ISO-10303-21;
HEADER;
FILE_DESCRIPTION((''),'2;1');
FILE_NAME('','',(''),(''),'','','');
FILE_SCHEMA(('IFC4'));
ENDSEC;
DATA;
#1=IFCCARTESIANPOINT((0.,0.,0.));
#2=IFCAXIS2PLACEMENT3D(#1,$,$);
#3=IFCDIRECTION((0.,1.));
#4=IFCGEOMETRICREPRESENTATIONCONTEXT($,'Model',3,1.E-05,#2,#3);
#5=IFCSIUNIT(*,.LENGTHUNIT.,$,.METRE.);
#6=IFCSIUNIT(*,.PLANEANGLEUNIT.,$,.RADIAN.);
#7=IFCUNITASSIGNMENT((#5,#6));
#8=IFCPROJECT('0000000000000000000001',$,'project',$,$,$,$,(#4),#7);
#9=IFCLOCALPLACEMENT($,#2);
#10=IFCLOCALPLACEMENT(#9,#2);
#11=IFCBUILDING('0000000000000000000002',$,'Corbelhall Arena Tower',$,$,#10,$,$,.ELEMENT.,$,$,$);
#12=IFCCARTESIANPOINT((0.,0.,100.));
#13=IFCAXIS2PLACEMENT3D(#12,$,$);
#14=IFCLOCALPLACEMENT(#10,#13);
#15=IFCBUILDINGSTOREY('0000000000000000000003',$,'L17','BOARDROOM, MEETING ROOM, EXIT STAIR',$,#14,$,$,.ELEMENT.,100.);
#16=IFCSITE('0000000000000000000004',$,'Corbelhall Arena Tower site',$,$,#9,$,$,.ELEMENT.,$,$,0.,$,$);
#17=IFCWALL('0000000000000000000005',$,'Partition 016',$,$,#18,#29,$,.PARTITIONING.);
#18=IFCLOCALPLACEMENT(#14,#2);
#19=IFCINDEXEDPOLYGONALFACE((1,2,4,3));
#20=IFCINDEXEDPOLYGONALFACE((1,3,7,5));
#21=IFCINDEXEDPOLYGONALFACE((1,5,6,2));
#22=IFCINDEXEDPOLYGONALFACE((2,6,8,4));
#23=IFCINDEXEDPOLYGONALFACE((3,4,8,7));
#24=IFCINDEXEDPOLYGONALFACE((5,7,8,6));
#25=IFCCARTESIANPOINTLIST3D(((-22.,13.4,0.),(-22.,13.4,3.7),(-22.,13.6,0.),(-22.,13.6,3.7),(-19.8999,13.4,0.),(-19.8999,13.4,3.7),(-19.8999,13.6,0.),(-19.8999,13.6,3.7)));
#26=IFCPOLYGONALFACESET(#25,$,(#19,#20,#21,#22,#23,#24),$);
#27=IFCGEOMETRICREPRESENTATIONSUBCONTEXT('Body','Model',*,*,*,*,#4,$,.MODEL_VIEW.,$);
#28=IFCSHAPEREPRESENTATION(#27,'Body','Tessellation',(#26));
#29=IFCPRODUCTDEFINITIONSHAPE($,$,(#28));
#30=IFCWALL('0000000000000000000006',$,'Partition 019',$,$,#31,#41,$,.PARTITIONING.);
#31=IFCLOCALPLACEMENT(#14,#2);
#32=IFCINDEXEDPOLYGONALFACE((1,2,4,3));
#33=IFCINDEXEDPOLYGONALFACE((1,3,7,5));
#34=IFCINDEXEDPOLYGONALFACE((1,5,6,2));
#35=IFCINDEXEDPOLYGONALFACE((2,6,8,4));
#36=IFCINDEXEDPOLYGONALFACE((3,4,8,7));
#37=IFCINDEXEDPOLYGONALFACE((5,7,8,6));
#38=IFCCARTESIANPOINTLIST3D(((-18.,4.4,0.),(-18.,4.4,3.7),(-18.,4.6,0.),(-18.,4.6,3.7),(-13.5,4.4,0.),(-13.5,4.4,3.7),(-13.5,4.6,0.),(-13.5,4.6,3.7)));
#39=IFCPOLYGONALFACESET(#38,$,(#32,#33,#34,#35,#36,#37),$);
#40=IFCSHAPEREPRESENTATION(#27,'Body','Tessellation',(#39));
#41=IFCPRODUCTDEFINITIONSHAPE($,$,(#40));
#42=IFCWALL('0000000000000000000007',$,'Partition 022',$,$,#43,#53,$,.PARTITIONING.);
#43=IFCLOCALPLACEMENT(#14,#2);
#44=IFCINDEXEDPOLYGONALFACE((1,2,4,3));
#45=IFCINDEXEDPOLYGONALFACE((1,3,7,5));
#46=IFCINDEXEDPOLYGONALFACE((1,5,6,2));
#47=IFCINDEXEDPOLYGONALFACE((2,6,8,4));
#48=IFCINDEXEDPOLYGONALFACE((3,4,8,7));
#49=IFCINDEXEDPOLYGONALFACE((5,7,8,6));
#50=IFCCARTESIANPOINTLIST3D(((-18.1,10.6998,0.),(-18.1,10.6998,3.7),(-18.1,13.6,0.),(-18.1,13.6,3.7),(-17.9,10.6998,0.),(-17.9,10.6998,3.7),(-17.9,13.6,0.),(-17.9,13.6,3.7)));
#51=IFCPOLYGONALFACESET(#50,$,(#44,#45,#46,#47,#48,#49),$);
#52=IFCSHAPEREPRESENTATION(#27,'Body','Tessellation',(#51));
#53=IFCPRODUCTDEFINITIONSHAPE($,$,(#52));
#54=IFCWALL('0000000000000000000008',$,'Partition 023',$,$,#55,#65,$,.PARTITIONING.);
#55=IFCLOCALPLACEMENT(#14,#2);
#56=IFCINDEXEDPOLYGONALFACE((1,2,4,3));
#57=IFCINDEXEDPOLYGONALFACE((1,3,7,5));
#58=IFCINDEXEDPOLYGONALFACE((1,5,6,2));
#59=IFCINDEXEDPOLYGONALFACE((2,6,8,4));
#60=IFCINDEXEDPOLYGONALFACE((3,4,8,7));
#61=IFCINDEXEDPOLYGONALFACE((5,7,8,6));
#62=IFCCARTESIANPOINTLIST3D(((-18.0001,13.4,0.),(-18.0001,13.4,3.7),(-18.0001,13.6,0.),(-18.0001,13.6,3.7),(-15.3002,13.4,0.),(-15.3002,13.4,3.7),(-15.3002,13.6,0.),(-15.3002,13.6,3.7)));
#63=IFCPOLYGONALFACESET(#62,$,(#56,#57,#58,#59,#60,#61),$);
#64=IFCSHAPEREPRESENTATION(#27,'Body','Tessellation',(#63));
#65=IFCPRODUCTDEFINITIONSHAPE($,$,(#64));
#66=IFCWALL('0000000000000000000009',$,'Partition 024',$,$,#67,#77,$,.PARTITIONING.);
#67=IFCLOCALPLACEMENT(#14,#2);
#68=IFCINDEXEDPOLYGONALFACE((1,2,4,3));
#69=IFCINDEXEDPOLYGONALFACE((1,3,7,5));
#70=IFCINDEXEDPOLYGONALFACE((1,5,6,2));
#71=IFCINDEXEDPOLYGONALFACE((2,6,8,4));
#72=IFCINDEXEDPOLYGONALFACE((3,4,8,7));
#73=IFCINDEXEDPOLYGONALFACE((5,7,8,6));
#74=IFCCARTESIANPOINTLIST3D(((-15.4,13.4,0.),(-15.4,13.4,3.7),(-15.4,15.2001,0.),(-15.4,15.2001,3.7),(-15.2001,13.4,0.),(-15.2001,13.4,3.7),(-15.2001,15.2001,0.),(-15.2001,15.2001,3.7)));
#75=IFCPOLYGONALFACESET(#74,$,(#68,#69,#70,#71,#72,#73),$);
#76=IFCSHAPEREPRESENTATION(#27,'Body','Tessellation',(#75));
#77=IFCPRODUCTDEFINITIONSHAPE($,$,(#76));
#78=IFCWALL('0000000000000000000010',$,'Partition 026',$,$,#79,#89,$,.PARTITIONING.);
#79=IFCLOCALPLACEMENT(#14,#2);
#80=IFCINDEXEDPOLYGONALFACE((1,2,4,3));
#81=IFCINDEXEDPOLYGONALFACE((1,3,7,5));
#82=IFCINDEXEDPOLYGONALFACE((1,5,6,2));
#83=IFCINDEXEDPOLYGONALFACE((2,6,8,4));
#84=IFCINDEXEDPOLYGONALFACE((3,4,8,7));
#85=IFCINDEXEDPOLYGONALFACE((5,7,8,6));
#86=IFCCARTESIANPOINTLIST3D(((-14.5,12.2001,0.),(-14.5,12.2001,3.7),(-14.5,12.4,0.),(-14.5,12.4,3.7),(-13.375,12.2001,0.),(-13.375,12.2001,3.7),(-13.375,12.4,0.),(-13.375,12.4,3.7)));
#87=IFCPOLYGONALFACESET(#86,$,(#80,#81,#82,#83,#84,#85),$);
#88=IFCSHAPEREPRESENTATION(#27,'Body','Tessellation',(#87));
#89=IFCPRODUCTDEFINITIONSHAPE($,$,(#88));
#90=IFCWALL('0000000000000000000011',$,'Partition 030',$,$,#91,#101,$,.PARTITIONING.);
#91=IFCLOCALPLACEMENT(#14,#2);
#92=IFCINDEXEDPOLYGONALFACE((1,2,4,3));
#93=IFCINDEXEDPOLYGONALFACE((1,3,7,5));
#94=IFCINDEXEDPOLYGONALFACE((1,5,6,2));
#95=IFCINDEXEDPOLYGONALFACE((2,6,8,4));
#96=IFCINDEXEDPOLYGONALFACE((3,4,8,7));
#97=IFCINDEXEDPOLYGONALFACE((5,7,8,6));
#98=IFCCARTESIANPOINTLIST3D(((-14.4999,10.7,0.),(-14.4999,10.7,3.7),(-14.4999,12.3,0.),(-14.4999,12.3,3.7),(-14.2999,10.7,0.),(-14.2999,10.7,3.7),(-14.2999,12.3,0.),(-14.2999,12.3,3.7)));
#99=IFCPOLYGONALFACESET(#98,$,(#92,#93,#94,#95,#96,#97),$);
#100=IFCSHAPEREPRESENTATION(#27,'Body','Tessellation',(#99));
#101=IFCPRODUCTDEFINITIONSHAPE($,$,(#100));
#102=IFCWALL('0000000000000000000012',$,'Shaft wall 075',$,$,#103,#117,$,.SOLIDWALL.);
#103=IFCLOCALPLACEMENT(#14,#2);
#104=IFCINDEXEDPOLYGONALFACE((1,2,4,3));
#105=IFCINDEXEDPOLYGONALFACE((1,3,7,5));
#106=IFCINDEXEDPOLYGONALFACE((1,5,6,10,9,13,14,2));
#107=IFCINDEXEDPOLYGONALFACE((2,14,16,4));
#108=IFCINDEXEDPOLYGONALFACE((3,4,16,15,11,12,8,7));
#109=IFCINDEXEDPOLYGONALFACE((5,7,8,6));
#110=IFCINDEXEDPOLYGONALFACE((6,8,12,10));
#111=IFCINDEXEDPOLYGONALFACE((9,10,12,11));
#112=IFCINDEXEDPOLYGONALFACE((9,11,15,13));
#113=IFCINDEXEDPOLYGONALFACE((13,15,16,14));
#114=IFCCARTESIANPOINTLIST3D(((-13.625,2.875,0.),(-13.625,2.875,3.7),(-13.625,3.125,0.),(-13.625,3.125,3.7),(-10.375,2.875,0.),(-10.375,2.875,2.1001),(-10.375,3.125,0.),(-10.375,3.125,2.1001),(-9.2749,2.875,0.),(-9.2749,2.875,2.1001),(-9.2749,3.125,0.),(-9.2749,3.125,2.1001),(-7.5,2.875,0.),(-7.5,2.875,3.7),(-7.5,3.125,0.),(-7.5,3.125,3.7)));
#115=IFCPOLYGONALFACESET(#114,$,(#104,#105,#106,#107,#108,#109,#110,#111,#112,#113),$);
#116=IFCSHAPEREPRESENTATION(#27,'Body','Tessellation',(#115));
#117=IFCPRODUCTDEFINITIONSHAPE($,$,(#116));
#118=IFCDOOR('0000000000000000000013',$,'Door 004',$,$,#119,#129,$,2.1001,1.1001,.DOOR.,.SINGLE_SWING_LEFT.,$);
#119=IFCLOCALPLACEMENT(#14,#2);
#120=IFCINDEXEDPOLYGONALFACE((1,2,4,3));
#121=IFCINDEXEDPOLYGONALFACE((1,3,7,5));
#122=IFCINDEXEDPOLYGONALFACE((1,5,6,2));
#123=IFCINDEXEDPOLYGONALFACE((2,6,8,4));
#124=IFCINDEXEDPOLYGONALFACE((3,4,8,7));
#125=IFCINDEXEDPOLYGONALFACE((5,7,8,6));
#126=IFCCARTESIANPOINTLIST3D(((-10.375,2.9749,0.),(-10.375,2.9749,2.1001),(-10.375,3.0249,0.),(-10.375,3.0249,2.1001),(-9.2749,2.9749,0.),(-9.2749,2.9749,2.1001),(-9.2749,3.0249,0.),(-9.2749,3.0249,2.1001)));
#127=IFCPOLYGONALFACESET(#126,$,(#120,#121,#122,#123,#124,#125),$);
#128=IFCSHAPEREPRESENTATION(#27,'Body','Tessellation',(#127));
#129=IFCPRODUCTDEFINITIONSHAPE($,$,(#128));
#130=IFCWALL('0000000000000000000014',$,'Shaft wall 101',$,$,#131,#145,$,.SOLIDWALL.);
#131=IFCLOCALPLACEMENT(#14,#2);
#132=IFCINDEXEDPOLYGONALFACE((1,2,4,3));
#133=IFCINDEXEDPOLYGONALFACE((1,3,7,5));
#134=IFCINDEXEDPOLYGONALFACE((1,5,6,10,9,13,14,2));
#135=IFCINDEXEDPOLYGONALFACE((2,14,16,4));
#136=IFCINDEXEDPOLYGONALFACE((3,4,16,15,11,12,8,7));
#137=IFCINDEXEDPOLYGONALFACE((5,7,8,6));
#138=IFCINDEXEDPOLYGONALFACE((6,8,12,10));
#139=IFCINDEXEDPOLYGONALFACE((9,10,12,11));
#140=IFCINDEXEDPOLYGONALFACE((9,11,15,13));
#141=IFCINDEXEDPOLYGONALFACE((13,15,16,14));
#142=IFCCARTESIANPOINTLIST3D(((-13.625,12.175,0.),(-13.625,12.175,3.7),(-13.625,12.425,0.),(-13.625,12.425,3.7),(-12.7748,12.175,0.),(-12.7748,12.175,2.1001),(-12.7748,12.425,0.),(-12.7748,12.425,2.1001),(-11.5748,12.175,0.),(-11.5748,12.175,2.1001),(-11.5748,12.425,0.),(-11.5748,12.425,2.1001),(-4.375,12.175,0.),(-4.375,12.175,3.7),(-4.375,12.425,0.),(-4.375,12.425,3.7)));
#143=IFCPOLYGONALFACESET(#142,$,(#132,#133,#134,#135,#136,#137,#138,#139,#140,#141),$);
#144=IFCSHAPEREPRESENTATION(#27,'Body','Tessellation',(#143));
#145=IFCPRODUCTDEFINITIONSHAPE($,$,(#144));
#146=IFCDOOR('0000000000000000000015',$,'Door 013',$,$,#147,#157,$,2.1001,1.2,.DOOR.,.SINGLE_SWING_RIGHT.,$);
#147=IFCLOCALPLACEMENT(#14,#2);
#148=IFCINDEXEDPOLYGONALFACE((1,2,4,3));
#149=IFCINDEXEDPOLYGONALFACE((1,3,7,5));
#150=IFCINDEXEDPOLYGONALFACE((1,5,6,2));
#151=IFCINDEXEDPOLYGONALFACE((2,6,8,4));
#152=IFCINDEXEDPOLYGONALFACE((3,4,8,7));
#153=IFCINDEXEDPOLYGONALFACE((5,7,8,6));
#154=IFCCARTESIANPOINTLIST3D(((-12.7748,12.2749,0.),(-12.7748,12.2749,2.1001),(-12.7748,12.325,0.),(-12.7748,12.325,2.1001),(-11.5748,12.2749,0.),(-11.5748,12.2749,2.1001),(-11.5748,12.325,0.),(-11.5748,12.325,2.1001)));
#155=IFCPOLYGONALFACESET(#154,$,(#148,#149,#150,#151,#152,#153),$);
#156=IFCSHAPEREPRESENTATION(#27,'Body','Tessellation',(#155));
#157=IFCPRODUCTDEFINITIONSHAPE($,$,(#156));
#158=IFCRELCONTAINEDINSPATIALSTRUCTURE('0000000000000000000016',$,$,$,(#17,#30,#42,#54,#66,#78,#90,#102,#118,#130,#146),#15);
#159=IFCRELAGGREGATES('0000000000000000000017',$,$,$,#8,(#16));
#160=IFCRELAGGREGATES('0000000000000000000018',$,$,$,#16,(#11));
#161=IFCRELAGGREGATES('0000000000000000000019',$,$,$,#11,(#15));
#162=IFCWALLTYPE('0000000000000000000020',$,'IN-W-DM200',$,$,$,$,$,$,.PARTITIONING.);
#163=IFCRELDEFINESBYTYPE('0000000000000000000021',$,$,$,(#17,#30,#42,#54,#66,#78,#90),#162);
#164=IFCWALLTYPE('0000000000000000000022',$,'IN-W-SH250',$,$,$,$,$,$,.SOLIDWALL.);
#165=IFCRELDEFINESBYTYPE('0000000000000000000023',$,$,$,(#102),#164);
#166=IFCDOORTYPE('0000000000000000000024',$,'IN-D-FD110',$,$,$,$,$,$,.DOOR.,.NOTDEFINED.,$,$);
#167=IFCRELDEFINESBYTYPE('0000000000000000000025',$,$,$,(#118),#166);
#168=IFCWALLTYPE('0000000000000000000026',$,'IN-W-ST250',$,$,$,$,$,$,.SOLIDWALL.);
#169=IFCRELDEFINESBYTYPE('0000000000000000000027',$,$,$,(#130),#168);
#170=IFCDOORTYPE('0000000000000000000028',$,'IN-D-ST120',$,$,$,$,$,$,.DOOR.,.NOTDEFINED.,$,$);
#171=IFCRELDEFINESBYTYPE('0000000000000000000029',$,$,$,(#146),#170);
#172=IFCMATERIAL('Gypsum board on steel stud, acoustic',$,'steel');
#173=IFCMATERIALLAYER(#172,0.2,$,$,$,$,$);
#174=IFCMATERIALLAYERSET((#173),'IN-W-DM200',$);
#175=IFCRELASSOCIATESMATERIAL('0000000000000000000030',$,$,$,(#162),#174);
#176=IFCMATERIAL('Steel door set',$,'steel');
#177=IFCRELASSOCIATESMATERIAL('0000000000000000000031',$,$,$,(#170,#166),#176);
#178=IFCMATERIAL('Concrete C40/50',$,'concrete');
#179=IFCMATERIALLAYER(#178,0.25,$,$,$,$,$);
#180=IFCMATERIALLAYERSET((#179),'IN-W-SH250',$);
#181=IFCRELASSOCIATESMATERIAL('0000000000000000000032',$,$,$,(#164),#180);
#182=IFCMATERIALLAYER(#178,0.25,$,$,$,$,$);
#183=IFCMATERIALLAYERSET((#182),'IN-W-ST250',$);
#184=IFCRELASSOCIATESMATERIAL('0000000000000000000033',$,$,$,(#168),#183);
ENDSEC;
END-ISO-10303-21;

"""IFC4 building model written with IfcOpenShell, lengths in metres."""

from ifc_helpers import new_model, si_unit, direction, frame, frame_2d, origin, place, context, subcontext, project, spatial, rectangle, extrude, material, layer, layer_set, type_object, element, fill, save


model = new_model("IFC4")

# Units and contexts
model_context = context("Model", 3, precision=1e-05, world=origin(), true_north=direction((0.0, 1.0)))
body_context = subcontext(model_context, "Body", "Model", "MODEL_VIEW")
ifc_project = project(units=[si_unit("LENGTHUNIT", "METRE"), si_unit("PLANEANGLEUNIT", "RADIAN")], contexts=[model_context])

# Site, building, storey
site_placement = place(None, origin())
site = spatial("IfcSite", under=ifc_project, at=site_placement, Name="Corbelhall Arena Tower site", CompositionType="ELEMENT", RefElevation=0.0)
building_placement = place(site_placement, origin())
building = spatial("IfcBuilding", under=site, at=building_placement, Name="Corbelhall Arena Tower", CompositionType="ELEMENT")
storey_placement = place(building_placement, frame((0.0, 0.0, 100.0)))
storey = spatial("IfcBuildingStorey", under=building, at=storey_placement, Name="L17", Description="BOARDROOM, MEETING ROOM, EXIT STAIR", CompositionType="ELEMENT", Elevation=100.0)

# Shared definitions
ifc_material_1 = material(Name="Gypsum board on steel stud, acoustic", Category="steel")
ifc_layer_1 = layer(ifc_material_1, 0.2)
ifc_layer_set_1 = layer_set([ifc_layer_1], Name="IN-W-DM200")
wall_type_1 = type_object("IfcWallType", Name="IN-W-DM200", PredefinedType="PARTITIONING", material=ifc_layer_set_1)
ifc_material_2 = material(Name="Steel door set", Category="steel")

# Walls
wall_1_placement = place(storey_placement, frame((-19.8999, 13.5, 0.0), z_axis=(0.0, 0.0, 1.0), x_axis=(-1.0, 0.0, 0.0)))
element("IfcWall", 1, at=wall_1_placement, inside=storey, type_object=wall_type_1, Name="Partition 016", PredefinedType="PARTITIONING", context=body_context, shape_type="SweptSolid", body=[
    extrude(rectangle(XDim=2.1001, YDim=0.2, at=frame_2d((1.05, 0.0))), origin(), (0.0, 0.0, 1.0), 3.7),
])
wall_2_placement = place(storey_placement, frame((-18.0, 4.5, 0.0), z_axis=(0.0, 0.0, 1.0), x_axis=(1.0, 0.0, 0.0)))
element("IfcWall", 2, at=wall_2_placement, inside=storey, type_object=wall_type_1, Name="Partition 019", PredefinedType="PARTITIONING", context=body_context, shape_type="SweptSolid", body=[
    extrude(rectangle(XDim=4.5, YDim=0.2, at=frame_2d((2.25, 0.0))), origin(), (0.0, 0.0, 1.0), 3.7),
])

# Walls
wall_3_placement = place(storey_placement, frame((-18.0, 13.6001, 0.0), z_axis=(0.0, 0.0, 1.0), x_axis=(0.0, -1.0, 0.0)))
element("IfcWall", 3, at=wall_3_placement, inside=storey, type_object=wall_type_1, Name="Partition 022", PredefinedType="PARTITIONING", context=body_context, shape_type="SweptSolid", body=[
    extrude(rectangle(XDim=2.9001, YDim=0.2, at=frame_2d((1.4502, 0.0))), origin(), (0.0, 0.0, 1.0), 3.7),
])
wall_4_placement = place(storey_placement, frame((-15.3, 13.5, 0.0), z_axis=(0.0, 0.0, 1.0), x_axis=(-1.0, 0.0, 0.0)))
element("IfcWall", 4, at=wall_4_placement, inside=storey, type_object=wall_type_1, Name="Partition 023", PredefinedType="PARTITIONING", context=body_context, shape_type="SweptSolid", body=[
    extrude(rectangle(XDim=2.7, YDim=0.2, at=frame_2d((1.3501, 0.0))), origin(), (0.0, 0.0, 1.0), 3.7),
])
wall_5_placement = place(storey_placement, frame((-15.3, 15.2, 0.0), z_axis=(0.0, 0.0, 1.0), x_axis=(0.0, -1.0, 0.0)))
element("IfcWall", 5, at=wall_5_placement, inside=storey, type_object=wall_type_1, Name="Partition 024", PredefinedType="PARTITIONING", context=body_context, shape_type="SweptSolid", body=[
    extrude(rectangle(XDim=1.8, YDim=0.2, at=frame_2d((0.8999, 0.0))), origin(), (0.0, 0.0, 1.0), 3.7),
])
wall_6_placement = place(storey_placement, frame((-14.5, 12.3, 0.0), z_axis=(0.0, 0.0, 1.0), x_axis=(1.0, 0.0, 0.0)))
element("IfcWall", 6, at=wall_6_placement, inside=storey, type_object=wall_type_1, Name="Partition 026", PredefinedType="PARTITIONING", context=body_context, shape_type="SweptSolid", body=[
    extrude(rectangle(XDim=1.125, YDim=0.2, at=frame_2d((0.5625, 0.0))), origin(), (0.0, 0.0, 1.0), 3.7),
])
wall_7_placement = place(storey_placement, frame((-14.3999, 10.7, 0.0), z_axis=(0.0, 0.0, 1.0), x_axis=(0.0, 1.0, 0.0)))
element("IfcWall", 7, at=wall_7_placement, inside=storey, type_object=wall_type_1, Name="Partition 030", PredefinedType="PARTITIONING", context=body_context, shape_type="SweptSolid", body=[
    extrude(rectangle(XDim=1.6001, YDim=0.2, at=frame_2d((0.8, 0.0))), origin(), (0.0, 0.0, 1.0), 3.7),
])

# Walls, openings, doors
ifc_material_3 = material(Name="Concrete C40/50", Category="concrete")
door_type_1 = type_object("IfcDoorType", Name="IN-D-ST120", OperationType="NOTDEFINED", PredefinedType="DOOR", material=ifc_material_2)
ifc_layer_2 = layer(ifc_material_3, 0.25)
ifc_layer_set_2 = layer_set([ifc_layer_2], Name="IN-W-SH250")
wall_type_2 = type_object("IfcWallType", Name="IN-W-SH250", PredefinedType="SOLIDWALL", material=ifc_layer_set_2)
wall_8_placement = place(storey_placement, frame((-13.625, 3.0, 0.0), z_axis=(0.0, 0.0, 1.0), x_axis=(1.0, 0.0, 0.0)))
wall_8 = element("IfcWall", 8, at=wall_8_placement, inside=storey, type_object=wall_type_2, Name="Shaft wall 075", PredefinedType="SOLIDWALL", context=body_context, shape_type="SweptSolid", body=[
    extrude(rectangle(XDim=6.125, YDim=0.25, at=frame_2d((3.0625, 0.0))), origin(), (0.0, 0.0, 1.0), 3.7),
])
opening_1_placement = place(wall_8_placement, frame((3.25, 0.0, 0.0)))
opening_1 = element("IfcOpeningElement", 9, at=opening_1_placement, cuts=wall_8, PredefinedType="OPENING", context=body_context, shape_type="SweptSolid", body=[
    extrude(rectangle(XDim=1.1001, YDim=2.1001, at=frame_2d((0.55, 1.05))), frame((0.0, 0.125, 0.0), z_axis=(0.0, -1.0, 0.0), x_axis=(1.0, 0.0, 0.0)), (0.0, 0.0, 1.0), 0.25),
])
door_type_2 = type_object("IfcDoorType", Name="IN-D-FD110", OperationType="NOTDEFINED", PredefinedType="DOOR", material=ifc_material_2)
door_1_placement = place(opening_1_placement, origin())
door_1 = element("IfcDoor", 10, at=door_1_placement, inside=storey, type_object=door_type_2, Name="Door 004", OperationType="SINGLE_SWING_LEFT", OverallHeight=2.1001, OverallWidth=1.1001, PredefinedType="DOOR", context=body_context, shape_type="SweptSolid", body=[
    extrude(rectangle(XDim=1.1001, YDim=2.1001, at=frame_2d((0.55, 1.05))), frame((0.0, 0.0249, 0.0), z_axis=(0.0, -1.0, 0.0), x_axis=(1.0, 0.0, 0.0)), (0.0, 0.0, 1.0), 0.05),
])
fill(opening_1, door_1)
ifc_layer_3 = layer(ifc_material_3, 0.25)
ifc_layer_set_3 = layer_set([ifc_layer_3], Name="IN-W-ST250")
wall_type_3 = type_object("IfcWallType", Name="IN-W-ST250", PredefinedType="SOLIDWALL", material=ifc_layer_set_3)
wall_9_placement = place(storey_placement, frame((-13.625, 12.3, 0.0), z_axis=(0.0, 0.0, 1.0), x_axis=(1.0, 0.0, 0.0)))
wall_9 = element("IfcWall", 11, at=wall_9_placement, inside=storey, type_object=wall_type_3, Name="Shaft wall 101", PredefinedType="SOLIDWALL", context=body_context, shape_type="SweptSolid", body=[
    extrude(rectangle(XDim=9.25, YDim=0.25, at=frame_2d((4.625, 0.0))), origin(), (0.0, 0.0, 1.0), 3.7),
])
opening_2_placement = place(wall_9_placement, frame((0.8501, 0.0, 0.0)))
opening_2 = element("IfcOpeningElement", 12, at=opening_2_placement, cuts=wall_9, PredefinedType="OPENING", context=body_context, shape_type="SweptSolid", body=[
    extrude(rectangle(XDim=1.2, YDim=2.1001, at=frame_2d((0.6001, 1.05))), frame((0.0, 0.125, 0.0), z_axis=(0.0, -1.0, 0.0), x_axis=(1.0, 0.0, 0.0)), (0.0, 0.0, 1.0), 0.25),
])
door_2_placement = place(opening_2_placement, origin())
door_2 = element("IfcDoor", 13, at=door_2_placement, inside=storey, type_object=door_type_1, Name="Door 013", OperationType="SINGLE_SWING_RIGHT", OverallHeight=2.1001, OverallWidth=1.2, PredefinedType="DOOR", context=body_context, shape_type="SweptSolid", body=[
    extrude(rectangle(XDim=1.2, YDim=2.1001, at=frame_2d((0.6001, 1.05))), frame((0.0, 0.0249, 0.0), z_axis=(0.0, -1.0, 0.0), x_axis=(1.0, 0.0, 0.0)), (0.0, 0.0, 1.0), 0.05),
])
fill(opening_2, door_2)

save(model, "model.ifc")
